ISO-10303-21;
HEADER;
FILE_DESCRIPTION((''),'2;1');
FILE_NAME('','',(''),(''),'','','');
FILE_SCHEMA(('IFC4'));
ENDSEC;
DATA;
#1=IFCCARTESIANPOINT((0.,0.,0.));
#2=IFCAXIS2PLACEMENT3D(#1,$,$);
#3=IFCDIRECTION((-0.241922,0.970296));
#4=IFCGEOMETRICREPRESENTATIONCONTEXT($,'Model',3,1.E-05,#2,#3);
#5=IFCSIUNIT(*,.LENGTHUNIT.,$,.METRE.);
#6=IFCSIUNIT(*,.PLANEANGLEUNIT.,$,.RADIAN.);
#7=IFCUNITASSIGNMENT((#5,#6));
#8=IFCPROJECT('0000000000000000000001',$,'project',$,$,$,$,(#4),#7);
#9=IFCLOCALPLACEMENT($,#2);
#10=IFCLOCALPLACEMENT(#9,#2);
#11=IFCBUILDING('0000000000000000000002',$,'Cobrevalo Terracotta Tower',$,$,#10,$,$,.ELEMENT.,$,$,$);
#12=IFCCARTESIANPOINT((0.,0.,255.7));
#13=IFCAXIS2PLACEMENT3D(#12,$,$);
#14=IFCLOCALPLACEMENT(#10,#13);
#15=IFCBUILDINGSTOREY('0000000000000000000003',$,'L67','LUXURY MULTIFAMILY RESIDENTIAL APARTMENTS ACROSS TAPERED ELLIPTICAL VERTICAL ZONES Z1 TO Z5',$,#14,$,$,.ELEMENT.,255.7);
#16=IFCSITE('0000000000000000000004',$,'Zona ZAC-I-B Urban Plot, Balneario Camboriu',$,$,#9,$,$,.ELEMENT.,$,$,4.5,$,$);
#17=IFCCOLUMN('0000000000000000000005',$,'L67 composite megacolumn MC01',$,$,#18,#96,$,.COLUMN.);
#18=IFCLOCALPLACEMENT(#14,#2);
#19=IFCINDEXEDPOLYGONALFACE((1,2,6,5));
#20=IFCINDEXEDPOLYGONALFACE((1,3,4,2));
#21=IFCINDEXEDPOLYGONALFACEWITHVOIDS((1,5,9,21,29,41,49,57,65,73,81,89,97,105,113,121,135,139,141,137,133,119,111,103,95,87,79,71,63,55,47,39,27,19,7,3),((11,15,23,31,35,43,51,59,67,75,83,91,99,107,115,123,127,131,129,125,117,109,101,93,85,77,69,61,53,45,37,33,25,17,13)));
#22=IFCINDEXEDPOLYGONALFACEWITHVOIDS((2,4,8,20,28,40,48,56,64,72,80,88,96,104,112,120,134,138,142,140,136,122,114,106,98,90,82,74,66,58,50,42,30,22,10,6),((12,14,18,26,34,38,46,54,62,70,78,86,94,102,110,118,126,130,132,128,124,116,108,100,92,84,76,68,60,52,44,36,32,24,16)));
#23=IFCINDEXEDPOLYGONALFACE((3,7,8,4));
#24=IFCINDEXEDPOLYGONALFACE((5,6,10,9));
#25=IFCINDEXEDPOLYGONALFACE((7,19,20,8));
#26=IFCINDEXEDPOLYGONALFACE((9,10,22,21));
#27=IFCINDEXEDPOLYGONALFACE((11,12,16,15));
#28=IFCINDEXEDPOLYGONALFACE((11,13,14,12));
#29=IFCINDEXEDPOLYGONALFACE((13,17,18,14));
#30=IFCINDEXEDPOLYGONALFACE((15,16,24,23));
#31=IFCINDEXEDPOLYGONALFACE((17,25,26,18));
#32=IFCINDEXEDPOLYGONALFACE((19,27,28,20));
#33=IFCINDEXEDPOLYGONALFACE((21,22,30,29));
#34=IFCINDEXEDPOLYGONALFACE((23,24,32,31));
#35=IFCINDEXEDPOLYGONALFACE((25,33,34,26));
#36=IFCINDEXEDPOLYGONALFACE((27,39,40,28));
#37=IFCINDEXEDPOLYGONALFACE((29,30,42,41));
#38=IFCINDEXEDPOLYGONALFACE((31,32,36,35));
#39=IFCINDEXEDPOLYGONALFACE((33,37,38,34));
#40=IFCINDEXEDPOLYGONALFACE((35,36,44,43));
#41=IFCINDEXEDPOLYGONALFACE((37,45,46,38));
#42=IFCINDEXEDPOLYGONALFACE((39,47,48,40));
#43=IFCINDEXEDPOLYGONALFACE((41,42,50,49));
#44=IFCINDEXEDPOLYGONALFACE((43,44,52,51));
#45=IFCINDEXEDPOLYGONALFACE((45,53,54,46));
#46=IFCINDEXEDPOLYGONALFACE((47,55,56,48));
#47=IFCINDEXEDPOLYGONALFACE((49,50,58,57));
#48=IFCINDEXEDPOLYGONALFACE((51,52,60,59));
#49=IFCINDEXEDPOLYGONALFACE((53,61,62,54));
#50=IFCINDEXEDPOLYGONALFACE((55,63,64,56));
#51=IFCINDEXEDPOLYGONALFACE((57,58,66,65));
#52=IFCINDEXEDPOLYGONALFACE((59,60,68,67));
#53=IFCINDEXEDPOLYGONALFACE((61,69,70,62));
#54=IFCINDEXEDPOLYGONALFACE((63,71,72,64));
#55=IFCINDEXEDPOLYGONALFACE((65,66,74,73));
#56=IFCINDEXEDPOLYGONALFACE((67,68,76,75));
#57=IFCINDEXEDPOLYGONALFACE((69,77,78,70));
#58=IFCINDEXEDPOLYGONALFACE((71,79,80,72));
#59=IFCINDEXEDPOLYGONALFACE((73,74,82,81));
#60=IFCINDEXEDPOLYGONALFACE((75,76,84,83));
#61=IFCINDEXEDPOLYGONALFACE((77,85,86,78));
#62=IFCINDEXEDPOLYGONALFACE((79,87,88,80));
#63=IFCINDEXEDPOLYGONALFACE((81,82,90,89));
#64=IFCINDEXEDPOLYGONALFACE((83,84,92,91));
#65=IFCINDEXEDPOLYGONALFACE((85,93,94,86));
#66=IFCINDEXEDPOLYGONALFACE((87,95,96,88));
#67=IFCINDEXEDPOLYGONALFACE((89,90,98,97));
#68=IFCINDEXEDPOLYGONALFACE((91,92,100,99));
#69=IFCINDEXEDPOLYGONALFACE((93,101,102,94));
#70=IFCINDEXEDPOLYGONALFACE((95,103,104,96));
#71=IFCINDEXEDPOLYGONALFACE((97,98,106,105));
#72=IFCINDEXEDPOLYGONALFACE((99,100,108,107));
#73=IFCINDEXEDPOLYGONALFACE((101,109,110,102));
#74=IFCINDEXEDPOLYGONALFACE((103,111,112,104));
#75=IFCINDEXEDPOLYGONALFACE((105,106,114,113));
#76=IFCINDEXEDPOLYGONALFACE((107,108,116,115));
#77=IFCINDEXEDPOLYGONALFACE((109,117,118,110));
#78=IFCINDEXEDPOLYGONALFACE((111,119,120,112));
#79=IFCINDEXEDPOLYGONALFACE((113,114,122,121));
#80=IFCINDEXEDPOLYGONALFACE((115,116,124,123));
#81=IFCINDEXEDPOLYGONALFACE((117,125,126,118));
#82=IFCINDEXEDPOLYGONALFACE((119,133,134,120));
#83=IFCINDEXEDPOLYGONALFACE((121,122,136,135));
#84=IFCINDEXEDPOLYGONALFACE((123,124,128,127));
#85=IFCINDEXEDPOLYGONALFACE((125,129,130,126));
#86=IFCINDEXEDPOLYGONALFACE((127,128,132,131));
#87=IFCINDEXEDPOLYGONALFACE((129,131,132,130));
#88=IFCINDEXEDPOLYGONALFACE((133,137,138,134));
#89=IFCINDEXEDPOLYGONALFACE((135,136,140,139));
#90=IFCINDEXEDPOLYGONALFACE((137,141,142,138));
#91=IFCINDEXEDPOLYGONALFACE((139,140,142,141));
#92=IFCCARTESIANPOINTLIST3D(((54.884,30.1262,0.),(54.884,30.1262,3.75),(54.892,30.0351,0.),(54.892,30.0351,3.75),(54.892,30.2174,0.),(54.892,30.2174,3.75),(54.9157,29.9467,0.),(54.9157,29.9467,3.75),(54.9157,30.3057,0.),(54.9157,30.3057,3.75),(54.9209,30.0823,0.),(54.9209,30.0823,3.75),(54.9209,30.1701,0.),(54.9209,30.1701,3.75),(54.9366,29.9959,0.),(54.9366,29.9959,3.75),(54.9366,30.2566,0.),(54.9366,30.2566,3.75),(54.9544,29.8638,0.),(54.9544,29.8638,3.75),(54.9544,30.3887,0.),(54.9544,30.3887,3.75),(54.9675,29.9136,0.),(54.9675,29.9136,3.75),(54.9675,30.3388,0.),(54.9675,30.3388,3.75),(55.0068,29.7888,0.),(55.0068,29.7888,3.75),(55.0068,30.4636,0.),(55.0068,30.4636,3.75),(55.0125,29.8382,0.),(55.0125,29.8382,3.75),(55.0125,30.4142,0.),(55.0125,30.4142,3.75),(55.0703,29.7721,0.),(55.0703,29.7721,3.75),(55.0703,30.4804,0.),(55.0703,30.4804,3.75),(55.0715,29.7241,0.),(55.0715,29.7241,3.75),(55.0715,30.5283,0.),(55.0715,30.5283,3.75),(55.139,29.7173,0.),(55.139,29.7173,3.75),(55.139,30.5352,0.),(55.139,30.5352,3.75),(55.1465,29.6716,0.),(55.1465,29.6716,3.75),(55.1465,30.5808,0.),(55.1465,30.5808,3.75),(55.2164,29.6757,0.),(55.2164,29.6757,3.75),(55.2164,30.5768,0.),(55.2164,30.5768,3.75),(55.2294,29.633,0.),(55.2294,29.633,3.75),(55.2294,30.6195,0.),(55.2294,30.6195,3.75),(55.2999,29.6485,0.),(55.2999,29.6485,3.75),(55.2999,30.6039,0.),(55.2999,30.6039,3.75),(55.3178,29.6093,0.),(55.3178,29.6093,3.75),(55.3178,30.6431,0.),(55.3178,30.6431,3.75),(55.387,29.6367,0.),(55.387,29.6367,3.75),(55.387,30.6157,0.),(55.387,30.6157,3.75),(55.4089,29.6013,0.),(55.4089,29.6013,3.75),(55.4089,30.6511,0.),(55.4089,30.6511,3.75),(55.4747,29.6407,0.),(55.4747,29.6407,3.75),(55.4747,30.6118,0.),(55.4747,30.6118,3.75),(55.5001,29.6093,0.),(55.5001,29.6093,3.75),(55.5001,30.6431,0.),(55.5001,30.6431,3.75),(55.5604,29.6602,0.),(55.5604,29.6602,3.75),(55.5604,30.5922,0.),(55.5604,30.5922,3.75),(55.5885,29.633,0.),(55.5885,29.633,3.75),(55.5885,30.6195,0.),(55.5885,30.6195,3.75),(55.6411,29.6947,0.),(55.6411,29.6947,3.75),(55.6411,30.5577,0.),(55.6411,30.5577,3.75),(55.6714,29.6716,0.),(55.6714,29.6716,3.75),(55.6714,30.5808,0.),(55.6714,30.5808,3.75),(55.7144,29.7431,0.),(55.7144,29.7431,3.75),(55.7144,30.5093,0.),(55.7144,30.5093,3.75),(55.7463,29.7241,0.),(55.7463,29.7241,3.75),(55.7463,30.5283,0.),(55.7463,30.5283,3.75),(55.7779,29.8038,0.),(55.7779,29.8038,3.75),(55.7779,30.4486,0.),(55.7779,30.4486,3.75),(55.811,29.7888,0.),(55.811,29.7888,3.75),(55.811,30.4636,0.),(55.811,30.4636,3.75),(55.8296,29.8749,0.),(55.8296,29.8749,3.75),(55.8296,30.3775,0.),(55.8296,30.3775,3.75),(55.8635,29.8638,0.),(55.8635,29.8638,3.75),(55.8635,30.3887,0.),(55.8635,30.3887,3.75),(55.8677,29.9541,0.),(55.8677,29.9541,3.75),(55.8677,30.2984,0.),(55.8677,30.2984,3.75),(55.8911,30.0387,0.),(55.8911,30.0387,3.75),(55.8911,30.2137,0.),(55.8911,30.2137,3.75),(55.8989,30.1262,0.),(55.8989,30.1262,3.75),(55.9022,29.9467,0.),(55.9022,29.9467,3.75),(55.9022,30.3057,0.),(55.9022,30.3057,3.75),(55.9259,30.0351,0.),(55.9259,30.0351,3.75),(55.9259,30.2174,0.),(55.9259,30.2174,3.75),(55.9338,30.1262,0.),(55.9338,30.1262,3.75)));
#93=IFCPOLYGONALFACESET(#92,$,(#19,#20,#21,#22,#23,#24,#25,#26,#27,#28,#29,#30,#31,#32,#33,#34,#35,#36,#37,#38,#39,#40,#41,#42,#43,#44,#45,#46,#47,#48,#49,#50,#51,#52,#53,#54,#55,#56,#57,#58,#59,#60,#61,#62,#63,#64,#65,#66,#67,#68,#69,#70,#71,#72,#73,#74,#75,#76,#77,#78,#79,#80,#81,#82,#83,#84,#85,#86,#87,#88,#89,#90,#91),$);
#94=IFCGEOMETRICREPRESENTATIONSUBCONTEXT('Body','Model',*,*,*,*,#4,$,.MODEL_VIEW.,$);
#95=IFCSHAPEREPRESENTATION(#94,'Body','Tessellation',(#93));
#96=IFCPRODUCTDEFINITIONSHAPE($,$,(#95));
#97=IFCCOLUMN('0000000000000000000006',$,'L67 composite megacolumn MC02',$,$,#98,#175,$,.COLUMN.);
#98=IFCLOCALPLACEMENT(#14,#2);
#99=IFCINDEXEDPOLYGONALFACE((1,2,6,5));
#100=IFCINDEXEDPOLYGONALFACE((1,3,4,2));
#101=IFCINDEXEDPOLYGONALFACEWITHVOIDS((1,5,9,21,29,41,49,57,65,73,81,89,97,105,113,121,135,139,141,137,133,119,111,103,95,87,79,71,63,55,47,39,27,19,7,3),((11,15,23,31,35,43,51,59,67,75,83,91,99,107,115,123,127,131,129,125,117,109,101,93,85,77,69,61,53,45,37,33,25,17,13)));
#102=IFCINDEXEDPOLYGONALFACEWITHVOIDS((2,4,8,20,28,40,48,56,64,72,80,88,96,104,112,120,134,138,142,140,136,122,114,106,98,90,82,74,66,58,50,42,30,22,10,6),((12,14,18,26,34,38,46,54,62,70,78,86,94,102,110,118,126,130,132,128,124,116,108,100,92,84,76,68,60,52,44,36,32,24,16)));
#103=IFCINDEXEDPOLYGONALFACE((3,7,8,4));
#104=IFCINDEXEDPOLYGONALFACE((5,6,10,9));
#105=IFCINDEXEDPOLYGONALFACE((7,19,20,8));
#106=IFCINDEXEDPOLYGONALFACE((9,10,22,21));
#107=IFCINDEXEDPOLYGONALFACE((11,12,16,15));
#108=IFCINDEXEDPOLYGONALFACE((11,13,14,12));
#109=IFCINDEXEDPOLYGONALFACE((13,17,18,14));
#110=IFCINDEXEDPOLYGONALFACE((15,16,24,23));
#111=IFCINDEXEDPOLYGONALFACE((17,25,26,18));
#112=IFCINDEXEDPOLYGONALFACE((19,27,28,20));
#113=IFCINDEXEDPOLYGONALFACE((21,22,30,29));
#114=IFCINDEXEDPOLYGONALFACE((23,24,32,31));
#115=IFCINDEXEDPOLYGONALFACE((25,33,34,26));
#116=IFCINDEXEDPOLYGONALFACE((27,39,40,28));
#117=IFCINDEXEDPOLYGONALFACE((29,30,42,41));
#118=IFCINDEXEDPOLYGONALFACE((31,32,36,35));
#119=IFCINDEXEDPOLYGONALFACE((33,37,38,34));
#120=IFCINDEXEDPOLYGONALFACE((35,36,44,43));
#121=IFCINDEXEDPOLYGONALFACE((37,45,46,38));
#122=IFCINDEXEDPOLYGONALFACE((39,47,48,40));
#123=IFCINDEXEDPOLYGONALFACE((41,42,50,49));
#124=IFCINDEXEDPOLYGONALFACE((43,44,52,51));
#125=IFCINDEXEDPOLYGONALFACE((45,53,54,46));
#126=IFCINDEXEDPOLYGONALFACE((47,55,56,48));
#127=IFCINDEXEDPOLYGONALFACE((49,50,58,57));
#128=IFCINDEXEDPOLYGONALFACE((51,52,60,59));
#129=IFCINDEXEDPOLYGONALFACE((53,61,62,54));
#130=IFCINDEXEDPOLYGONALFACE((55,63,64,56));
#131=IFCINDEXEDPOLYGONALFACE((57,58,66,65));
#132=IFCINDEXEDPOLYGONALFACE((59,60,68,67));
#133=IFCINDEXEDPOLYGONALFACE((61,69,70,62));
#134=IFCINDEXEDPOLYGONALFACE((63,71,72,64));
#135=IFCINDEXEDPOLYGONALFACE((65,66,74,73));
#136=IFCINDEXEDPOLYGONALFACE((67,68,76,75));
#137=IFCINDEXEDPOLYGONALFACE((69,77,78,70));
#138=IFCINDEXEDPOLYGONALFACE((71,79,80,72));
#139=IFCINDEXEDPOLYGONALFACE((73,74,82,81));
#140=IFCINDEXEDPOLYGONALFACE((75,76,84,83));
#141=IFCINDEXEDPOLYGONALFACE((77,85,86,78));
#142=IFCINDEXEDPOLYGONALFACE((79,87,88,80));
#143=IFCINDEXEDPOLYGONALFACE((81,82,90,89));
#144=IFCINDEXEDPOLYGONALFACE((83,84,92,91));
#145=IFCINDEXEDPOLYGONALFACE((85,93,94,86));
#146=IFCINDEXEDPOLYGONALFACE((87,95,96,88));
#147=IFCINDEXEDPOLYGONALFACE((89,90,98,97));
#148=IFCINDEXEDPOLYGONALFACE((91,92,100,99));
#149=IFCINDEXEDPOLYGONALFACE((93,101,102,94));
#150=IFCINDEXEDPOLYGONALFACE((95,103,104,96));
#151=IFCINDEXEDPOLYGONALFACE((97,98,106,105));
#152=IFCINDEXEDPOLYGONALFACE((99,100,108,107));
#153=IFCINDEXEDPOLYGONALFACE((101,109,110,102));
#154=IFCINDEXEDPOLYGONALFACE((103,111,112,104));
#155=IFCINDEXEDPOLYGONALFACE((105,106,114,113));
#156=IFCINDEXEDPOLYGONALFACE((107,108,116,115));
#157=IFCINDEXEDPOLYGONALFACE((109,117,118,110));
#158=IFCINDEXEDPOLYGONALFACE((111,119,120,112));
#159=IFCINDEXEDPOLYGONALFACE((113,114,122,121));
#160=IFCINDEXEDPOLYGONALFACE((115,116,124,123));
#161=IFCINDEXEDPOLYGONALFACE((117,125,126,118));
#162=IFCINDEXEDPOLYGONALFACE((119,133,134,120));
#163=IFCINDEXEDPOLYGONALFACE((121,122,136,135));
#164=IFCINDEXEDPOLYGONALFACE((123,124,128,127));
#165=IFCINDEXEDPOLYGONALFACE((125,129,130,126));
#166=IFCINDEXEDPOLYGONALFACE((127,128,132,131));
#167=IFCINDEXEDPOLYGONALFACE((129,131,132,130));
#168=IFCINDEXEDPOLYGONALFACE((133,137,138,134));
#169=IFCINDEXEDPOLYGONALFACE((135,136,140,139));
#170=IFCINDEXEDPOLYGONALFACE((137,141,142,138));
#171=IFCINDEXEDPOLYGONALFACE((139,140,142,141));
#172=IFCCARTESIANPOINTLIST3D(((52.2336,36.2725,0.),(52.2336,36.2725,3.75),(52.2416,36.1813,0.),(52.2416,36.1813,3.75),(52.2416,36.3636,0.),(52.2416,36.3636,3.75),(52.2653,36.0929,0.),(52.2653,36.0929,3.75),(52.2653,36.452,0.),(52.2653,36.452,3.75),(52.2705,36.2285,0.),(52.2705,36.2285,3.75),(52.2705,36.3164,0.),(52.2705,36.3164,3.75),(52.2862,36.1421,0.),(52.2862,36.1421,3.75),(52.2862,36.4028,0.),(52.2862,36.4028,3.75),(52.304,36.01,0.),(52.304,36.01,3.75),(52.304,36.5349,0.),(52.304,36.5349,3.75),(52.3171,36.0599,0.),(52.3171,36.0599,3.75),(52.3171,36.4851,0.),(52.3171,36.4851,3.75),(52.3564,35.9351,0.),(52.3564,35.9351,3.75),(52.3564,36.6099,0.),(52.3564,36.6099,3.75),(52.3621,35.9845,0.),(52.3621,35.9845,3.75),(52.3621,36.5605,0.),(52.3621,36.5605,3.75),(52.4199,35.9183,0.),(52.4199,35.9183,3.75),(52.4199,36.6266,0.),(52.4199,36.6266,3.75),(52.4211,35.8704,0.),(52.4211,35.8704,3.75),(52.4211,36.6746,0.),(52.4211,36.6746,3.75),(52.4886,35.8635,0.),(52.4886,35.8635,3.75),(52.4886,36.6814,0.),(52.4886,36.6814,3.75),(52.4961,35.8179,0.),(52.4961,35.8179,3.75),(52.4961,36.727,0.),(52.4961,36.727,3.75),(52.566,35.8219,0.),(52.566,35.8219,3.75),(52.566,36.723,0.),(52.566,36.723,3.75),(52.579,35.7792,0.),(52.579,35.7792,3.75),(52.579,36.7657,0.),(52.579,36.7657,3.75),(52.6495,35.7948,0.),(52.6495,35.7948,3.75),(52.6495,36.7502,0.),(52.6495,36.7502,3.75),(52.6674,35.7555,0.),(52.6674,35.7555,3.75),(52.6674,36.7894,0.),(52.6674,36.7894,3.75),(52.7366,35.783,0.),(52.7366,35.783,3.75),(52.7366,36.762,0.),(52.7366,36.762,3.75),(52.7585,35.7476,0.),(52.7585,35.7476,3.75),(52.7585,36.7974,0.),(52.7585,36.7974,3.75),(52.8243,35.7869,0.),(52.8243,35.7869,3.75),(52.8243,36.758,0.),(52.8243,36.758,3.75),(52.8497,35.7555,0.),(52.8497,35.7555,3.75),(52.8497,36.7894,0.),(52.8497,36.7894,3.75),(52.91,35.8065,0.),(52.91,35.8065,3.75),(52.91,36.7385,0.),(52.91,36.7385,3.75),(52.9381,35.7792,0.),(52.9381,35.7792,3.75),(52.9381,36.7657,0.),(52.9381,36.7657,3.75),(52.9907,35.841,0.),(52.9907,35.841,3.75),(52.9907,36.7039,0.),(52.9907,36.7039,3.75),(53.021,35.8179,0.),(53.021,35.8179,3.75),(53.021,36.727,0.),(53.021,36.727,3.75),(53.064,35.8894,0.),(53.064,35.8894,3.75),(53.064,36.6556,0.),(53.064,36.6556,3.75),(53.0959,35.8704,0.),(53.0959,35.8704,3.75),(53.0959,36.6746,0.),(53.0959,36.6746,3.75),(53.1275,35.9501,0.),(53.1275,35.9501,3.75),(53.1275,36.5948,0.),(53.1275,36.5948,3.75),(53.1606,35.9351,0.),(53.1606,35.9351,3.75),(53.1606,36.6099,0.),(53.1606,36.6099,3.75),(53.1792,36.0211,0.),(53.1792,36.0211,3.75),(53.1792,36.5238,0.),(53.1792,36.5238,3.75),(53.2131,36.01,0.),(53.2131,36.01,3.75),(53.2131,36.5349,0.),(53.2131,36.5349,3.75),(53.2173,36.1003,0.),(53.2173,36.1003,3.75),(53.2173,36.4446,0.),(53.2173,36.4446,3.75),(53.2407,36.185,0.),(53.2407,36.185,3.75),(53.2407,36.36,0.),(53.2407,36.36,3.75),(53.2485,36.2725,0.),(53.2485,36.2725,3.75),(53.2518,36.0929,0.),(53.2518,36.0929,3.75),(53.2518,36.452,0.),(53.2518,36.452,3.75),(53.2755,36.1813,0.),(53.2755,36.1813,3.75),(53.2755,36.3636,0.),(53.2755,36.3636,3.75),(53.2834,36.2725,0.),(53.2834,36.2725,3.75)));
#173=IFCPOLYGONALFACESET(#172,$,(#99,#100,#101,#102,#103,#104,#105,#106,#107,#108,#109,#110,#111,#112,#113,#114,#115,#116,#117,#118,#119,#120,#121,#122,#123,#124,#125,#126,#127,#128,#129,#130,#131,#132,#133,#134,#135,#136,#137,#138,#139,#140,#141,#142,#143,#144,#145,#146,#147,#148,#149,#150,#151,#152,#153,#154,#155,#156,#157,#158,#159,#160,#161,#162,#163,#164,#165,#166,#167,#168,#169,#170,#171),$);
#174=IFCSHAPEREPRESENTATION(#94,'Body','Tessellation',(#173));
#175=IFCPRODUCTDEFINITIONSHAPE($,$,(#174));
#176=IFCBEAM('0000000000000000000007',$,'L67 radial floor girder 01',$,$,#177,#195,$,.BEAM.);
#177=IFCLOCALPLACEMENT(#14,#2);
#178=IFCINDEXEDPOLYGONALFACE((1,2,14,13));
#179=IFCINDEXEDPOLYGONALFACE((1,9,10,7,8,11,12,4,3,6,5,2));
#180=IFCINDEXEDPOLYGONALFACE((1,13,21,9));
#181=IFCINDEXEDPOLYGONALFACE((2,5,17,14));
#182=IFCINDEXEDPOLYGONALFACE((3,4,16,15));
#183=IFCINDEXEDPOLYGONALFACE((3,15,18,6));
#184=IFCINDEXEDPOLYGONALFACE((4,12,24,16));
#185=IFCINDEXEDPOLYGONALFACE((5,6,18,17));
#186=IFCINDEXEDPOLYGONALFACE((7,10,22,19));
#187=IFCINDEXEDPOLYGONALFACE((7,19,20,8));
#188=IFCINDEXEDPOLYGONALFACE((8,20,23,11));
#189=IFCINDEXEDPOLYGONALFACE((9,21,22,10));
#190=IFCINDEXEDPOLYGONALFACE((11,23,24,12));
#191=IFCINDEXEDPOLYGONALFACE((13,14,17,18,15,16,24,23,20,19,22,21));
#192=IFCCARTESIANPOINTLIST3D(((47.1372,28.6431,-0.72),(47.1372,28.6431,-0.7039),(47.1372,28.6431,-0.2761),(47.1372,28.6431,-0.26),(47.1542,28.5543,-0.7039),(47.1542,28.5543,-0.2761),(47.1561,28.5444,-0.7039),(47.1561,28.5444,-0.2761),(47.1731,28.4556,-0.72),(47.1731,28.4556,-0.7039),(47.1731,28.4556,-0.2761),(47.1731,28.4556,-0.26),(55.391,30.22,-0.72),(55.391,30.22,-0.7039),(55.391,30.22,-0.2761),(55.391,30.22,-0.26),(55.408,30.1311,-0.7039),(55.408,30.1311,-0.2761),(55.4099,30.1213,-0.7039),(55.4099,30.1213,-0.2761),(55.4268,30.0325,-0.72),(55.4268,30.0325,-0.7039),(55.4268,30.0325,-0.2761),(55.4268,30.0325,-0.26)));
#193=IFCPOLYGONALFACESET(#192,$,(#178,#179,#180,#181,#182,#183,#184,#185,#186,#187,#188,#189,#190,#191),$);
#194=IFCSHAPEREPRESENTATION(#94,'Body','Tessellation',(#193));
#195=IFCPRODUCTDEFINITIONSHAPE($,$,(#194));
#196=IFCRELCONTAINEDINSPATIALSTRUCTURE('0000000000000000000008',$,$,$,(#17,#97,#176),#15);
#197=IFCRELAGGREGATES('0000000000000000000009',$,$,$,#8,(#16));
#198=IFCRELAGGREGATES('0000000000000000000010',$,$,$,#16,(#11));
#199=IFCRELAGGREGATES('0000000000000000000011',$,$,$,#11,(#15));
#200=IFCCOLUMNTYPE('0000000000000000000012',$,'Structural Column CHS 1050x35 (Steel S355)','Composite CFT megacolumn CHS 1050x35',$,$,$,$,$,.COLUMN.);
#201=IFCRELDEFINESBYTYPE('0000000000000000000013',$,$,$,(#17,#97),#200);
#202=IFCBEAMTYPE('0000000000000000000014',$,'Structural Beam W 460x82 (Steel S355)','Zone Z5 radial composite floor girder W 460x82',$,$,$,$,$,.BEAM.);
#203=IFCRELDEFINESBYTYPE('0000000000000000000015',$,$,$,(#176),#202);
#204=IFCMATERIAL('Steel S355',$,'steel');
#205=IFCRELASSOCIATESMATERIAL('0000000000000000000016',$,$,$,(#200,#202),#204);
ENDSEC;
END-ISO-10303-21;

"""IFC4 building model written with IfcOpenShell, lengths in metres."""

from ifc_helpers import new_model, si_unit, direction, frame, origin, origin_2d, place, context, subcontext, project, spatial, hollow_circle, i_section, extrude, material, material_profile, profile_set, type_object, element, save


model = new_model("IFC4")

# Units and contexts
model_context = context("Model", 3, precision=1e-05, world=origin(), true_north=direction((-0.241922, 0.970296)))
body_context = subcontext(model_context, "Body", "Model", "MODEL_VIEW")
ifc_project = project(units=[si_unit("LENGTHUNIT", "METRE"), si_unit("PLANEANGLEUNIT", "RADIAN")], contexts=[model_context])

# Site, building, storey
site_placement = place(None, origin())
site = spatial("IfcSite", under=ifc_project, at=site_placement, Name="Zona ZAC-I-B Urban Plot, Balneario Camboriu", CompositionType="ELEMENT", RefElevation=4.5)
building_placement = place(site_placement, origin())
building = spatial("IfcBuilding", under=site, at=building_placement, Name="Cobrevalo Terracotta Tower", CompositionType="ELEMENT")
storey_placement = place(building_placement, frame((0.0, 0.0, 255.7)))
storey = spatial("IfcBuildingStorey", under=building, at=storey_placement, Name="L67", Description="LUXURY MULTIFAMILY RESIDENTIAL APARTMENTS ACROSS TAPERED ELLIPTICAL VERTICAL ZONES Z1 TO Z5", CompositionType="ELEMENT", Elevation=255.7)

# Columns
ifc_material_1 = material(Name="Steel S355", Category="steel")
ifc_material_profile_1 = material_profile(ifc_material_1, hollow_circle(Radius=0.5249, WallThickness=0.0349, at=origin_2d()), Name="CHS 1050x35")
ifc_profile_set_1 = profile_set([ifc_material_profile_1], Name="Steel S355")
column_type = type_object("IfcColumnType", Name="Structural Column CHS 1050x35 (Steel S355)", Description="Composite CFT megacolumn CHS 1050x35", PredefinedType="COLUMN", material=ifc_profile_set_1)
for number, where, z_axis, x_axis, name in (
    (1, (55.4089, 30.1262, 0.0), (0.0, 0.0, 1.0), (1.0, 0.0, 0.0), "L67 composite megacolumn MC01"),
    (2, (52.7585, 36.2725, 0.0), (0.0, 0.0, 1.0), (1.0, 0.0, 0.0), "L67 composite megacolumn MC02"),
):
    element("IfcColumn", number, at=place(storey_placement, frame(where, z_axis=z_axis, x_axis=x_axis)), inside=storey, type_object=column_type, Name=name, PredefinedType="COLUMN", context=body_context, shape_type="SweptSolid", body=[
        extrude(hollow_circle(Radius=0.5249, WallThickness=0.0349, at=origin_2d()), origin(), (0.0, 0.0, 1.0), 3.75),
    ])

# Beam
ifc_material_profile_2 = material_profile(ifc_material_1, i_section(OverallWidth=0.1909, OverallDepth=0.46, WebThickness=0.01, FlangeThickness=0.0161, at=origin_2d()), Name="W 460x82")
ifc_profile_set_2 = profile_set([ifc_material_profile_2], Name="Steel S355")
beam_type_1 = type_object("IfcBeamType", Name="Structural Beam W 460x82 (Steel S355)", Description="Zone Z5 radial composite floor girder W 460x82", PredefinedType="BEAM", material=ifc_profile_set_2)
beam_1_placement = place(storey_placement, frame((55.4089, 30.1262, -0.49), z_axis=(-0.982235, -0.187655, 0.0), x_axis=(0.187655, -0.982235, 0.0)))
element("IfcBeam", 3, at=beam_1_placement, inside=storey, type_object=beam_type_1, Name="L67 radial floor girder 01", PredefinedType="BEAM", context=body_context, shape_type="SweptSolid", body=[
    extrude(i_section(OverallWidth=0.1909, OverallDepth=0.46, WebThickness=0.01, FlangeThickness=0.0161, at=origin_2d()), origin(), (0.0, 0.0, 1.0), 8.4031),
])

save(model, "model.ifc")
